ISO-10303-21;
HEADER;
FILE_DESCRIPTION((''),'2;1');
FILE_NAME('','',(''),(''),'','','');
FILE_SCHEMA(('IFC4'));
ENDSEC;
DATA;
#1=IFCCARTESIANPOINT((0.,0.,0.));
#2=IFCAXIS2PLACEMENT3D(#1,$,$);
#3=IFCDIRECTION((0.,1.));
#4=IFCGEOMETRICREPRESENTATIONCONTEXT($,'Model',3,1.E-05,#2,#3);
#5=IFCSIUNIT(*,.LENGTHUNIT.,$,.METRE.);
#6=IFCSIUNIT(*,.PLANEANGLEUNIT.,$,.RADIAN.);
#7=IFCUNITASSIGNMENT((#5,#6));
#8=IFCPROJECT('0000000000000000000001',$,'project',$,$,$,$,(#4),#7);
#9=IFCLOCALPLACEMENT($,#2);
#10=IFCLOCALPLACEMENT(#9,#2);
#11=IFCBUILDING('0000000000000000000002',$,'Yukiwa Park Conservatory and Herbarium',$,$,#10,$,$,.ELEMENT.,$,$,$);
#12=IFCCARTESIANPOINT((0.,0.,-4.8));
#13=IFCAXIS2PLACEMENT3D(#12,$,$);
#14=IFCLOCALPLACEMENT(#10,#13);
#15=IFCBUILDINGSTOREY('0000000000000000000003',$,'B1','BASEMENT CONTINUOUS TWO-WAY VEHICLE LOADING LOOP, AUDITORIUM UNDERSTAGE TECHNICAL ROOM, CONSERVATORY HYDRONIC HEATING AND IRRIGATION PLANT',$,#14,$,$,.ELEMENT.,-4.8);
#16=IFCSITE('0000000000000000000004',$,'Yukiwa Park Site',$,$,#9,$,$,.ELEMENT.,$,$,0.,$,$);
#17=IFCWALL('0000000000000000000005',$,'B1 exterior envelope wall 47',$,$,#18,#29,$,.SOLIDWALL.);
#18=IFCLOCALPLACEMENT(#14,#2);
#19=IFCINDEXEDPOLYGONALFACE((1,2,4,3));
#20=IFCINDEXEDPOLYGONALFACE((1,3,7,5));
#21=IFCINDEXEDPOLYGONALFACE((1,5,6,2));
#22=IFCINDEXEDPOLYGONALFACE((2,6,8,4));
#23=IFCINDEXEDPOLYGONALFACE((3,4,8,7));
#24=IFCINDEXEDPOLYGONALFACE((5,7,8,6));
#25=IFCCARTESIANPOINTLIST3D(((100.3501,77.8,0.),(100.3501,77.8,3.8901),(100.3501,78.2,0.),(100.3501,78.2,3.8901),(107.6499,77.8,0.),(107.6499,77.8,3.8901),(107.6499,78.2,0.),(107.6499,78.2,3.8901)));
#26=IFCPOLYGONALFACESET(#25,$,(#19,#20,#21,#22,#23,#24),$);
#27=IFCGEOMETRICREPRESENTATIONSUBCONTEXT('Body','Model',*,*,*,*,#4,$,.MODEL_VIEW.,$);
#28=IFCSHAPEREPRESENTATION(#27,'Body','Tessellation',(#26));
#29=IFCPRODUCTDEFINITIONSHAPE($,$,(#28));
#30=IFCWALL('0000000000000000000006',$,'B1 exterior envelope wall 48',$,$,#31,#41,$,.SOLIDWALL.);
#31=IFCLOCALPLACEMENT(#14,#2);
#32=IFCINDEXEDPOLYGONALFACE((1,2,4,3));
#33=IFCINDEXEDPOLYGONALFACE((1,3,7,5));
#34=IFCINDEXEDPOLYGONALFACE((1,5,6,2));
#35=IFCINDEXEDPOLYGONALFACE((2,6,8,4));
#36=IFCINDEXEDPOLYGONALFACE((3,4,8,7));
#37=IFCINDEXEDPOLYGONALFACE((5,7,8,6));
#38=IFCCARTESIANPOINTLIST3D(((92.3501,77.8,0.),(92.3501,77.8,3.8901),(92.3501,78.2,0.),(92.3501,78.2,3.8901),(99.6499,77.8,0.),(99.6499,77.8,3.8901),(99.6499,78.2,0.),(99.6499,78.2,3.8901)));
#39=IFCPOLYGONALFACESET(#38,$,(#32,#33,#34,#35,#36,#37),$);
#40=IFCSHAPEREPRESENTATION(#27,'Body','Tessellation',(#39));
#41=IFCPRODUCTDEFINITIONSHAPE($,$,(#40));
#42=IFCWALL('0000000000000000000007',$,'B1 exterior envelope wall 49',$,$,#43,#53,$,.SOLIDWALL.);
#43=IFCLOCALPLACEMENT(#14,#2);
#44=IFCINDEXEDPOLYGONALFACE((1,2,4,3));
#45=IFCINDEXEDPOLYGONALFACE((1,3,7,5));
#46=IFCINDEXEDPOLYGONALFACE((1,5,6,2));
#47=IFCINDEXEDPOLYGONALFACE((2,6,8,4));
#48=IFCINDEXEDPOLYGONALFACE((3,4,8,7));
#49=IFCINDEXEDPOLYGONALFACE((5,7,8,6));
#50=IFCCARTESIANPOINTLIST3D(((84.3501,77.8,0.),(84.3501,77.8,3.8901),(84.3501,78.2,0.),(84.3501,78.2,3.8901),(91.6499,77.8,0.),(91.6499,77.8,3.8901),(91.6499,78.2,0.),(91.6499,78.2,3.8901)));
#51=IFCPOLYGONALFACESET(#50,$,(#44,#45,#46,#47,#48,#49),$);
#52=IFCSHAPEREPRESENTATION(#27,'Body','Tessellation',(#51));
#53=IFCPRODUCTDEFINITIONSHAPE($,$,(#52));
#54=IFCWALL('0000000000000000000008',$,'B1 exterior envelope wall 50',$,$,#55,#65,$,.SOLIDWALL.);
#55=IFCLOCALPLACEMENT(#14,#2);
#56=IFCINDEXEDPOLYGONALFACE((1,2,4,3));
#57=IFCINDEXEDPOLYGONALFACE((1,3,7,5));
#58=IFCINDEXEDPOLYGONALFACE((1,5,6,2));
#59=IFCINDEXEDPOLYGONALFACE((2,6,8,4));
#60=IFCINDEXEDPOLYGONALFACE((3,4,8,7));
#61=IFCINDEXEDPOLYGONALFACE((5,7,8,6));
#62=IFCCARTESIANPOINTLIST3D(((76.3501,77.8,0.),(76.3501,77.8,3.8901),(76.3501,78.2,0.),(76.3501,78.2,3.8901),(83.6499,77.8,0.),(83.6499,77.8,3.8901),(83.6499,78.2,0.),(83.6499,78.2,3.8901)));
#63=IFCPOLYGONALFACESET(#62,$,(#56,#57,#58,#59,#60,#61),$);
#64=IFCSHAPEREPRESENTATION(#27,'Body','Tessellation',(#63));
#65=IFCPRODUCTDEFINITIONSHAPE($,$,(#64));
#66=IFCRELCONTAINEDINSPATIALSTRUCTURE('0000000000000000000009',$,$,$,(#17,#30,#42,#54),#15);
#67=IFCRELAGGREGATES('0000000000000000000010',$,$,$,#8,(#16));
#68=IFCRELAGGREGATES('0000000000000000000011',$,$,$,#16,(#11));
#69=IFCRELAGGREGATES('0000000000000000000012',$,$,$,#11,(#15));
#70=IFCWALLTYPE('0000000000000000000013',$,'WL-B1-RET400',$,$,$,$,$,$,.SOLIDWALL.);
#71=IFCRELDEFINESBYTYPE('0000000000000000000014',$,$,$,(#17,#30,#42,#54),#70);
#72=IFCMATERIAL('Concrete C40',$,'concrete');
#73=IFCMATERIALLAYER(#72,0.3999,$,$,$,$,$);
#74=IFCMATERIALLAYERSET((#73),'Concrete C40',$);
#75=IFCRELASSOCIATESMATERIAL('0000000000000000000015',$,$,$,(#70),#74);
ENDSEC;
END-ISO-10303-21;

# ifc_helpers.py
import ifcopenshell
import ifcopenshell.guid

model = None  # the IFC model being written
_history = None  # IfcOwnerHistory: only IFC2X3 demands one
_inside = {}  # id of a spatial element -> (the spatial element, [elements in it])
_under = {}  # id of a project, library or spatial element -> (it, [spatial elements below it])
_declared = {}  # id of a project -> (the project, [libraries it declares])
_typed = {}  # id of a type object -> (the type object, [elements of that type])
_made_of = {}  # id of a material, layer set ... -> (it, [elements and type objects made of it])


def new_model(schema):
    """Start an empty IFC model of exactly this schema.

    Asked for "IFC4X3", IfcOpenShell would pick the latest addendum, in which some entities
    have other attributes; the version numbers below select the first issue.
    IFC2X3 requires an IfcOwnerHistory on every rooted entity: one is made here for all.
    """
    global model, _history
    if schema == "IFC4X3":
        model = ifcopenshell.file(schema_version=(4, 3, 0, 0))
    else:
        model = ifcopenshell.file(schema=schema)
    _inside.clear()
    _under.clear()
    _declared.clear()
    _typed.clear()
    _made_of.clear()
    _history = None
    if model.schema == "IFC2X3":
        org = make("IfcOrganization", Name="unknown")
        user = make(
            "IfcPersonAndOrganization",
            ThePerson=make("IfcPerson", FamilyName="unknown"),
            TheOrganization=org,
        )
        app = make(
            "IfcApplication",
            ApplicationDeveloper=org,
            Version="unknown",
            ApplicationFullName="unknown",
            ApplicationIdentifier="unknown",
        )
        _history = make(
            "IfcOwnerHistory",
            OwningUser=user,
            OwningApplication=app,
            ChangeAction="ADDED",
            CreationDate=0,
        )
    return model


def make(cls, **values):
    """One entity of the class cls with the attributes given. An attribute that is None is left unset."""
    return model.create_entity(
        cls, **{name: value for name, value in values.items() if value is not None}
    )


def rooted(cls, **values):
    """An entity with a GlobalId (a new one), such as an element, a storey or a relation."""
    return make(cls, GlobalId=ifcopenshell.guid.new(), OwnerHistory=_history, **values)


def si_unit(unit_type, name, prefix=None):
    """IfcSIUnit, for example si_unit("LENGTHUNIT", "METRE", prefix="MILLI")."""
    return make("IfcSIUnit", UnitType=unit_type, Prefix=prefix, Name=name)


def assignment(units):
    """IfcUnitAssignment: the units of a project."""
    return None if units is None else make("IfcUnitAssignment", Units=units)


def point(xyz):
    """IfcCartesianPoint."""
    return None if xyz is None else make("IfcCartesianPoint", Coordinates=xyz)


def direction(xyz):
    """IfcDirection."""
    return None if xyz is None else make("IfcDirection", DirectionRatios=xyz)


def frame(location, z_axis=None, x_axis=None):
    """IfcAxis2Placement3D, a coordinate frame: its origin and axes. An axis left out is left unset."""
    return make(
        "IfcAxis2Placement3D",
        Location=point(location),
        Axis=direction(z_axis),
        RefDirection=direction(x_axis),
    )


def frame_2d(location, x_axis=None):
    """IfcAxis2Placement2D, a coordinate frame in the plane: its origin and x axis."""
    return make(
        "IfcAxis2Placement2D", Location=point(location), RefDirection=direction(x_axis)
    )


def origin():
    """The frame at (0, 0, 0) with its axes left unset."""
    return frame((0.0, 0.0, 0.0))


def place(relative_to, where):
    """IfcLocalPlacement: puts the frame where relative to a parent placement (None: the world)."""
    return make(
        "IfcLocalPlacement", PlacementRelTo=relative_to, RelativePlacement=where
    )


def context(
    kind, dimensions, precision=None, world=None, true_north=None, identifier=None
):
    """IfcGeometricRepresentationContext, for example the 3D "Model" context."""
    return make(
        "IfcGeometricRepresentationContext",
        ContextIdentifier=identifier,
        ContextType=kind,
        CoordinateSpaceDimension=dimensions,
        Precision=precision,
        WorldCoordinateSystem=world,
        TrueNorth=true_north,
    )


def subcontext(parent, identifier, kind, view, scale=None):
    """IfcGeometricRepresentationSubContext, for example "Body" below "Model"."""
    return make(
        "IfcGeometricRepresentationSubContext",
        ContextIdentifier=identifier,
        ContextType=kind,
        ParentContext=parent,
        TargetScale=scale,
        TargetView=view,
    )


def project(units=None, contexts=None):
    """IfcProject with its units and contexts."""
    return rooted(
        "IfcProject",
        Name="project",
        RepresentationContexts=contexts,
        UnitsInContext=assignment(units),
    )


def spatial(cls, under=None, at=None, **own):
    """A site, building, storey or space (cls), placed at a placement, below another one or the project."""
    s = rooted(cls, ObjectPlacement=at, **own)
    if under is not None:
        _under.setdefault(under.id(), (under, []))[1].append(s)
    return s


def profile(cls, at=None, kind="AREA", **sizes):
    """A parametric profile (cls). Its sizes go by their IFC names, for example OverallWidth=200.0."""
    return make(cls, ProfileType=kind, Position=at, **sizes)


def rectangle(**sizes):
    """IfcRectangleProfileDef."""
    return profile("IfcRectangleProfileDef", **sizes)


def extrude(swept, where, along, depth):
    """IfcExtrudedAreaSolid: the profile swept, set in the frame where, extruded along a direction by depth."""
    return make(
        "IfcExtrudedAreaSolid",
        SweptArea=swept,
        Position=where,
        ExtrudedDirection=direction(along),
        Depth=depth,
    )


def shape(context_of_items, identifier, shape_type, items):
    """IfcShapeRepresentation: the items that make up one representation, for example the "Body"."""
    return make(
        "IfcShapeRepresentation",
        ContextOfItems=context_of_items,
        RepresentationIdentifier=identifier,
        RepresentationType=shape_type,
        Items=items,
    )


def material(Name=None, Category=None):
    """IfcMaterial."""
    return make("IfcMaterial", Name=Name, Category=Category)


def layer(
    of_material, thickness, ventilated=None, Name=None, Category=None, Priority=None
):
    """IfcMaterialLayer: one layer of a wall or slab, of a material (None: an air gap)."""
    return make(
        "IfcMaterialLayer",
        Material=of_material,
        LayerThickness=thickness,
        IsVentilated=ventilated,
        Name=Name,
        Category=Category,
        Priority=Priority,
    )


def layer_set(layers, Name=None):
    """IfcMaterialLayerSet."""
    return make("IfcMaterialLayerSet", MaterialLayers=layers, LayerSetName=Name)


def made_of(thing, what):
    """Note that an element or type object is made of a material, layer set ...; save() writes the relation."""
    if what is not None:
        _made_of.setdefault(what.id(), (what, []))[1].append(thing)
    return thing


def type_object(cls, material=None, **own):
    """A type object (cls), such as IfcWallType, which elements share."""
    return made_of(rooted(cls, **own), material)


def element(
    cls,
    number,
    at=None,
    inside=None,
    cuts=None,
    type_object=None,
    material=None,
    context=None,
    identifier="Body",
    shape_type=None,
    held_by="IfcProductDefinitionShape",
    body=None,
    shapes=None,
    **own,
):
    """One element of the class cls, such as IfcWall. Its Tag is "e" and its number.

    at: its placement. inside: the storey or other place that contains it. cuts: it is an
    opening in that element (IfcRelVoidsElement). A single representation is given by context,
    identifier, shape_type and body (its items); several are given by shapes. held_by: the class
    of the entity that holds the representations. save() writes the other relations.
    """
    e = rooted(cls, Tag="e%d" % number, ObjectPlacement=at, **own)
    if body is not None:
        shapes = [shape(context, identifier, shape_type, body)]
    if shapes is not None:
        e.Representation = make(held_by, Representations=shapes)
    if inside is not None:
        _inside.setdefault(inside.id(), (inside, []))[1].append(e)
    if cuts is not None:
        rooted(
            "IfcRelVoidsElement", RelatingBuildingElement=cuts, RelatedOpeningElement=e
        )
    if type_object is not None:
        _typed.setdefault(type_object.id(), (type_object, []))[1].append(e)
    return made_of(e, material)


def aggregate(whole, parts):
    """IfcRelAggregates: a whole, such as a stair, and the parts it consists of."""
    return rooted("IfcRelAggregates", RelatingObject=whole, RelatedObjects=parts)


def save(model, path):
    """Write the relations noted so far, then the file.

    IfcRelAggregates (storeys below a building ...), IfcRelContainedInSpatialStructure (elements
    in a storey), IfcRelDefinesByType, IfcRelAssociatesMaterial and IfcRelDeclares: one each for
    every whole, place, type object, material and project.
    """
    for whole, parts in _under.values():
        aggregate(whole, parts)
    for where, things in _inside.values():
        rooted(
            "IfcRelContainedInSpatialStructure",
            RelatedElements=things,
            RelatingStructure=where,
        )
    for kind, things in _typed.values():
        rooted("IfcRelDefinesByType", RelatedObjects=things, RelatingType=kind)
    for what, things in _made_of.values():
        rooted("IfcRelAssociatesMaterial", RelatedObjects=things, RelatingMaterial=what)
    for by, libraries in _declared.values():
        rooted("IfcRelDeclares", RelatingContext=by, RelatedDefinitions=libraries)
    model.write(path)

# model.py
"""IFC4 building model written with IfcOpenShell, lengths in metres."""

from ifc_helpers import new_model, si_unit, direction, frame, frame_2d, origin, place, context, subcontext, project, spatial, rectangle, extrude, material, layer, layer_set, type_object, element, save


model = new_model("IFC4")

# Units and contexts
model_context = context("Model", 3, precision=1e-05, world=origin(), true_north=direction((0.0, 1.0)))
body_context = subcontext(model_context, "Body", "Model", "MODEL_VIEW")
ifc_project = project(units=[si_unit("LENGTHUNIT", "METRE"), si_unit("PLANEANGLEUNIT", "RADIAN")], contexts=[model_context])

# Site, building, storey
site_placement = place(None, origin())
site = spatial("IfcSite", under=ifc_project, at=site_placement, Name="Yukiwa Park Site", CompositionType="ELEMENT", RefElevation=0.0)
building_placement = place(site_placement, origin())
building = spatial("IfcBuilding", under=site, at=building_placement, Name="Yukiwa Park Conservatory and Herbarium", CompositionType="ELEMENT")
storey_placement = place(building_placement, frame((0.0, 0.0, -4.8)))
storey = spatial("IfcBuildingStorey", under=building, at=storey_placement, Name="B1", Description="BASEMENT CONTINUOUS TWO-WAY VEHICLE LOADING LOOP, AUDITORIUM UNDERSTAGE TECHNICAL ROOM, CONSERVATORY HYDRONIC HEATING AND IRRIGATION PLANT", CompositionType="ELEMENT", Elevation=-4.8)

# Walls
ifc_material_1 = material(Name="Concrete C40", Category="concrete")
ifc_layer = layer(ifc_material_1, 0.3999)
ifc_layer_set = layer_set([ifc_layer], Name="Concrete C40")
wall_type = type_object("IfcWallType", Name="WL-B1-RET400", PredefinedType="SOLIDWALL", material=ifc_layer_set)
for number, where, z_axis, x_axis, name in (
    (1, (107.6499, 78.0, 0.0), (0.0, 0.0, 1.0), (-1.0, 0.0, 0.0), "B1 exterior envelope wall 47"),
    (2, (99.6499, 78.0, 0.0), (0.0, 0.0, 1.0), (-1.0, 0.0, 0.0), "B1 exterior envelope wall 48"),
    (3, (91.6499, 78.0, 0.0), (0.0, 0.0, 1.0), (-1.0, 0.0, 0.0), "B1 exterior envelope wall 49"),
    (4, (83.6499, 78.0, 0.0), (0.0, 0.0, 1.0), (-1.0, 0.0, 0.0), "B1 exterior envelope wall 50"),
):
    element("IfcWall", number, at=place(storey_placement, frame(where, z_axis=z_axis, x_axis=x_axis)), inside=storey, type_object=wall_type, Name=name, PredefinedType="SOLIDWALL", context=body_context, shape_type="SweptSolid", body=[
        extrude(rectangle(XDim=7.2998, YDim=0.3999, at=frame_2d((3.6499, 0.0))), origin(), (0.0, 0.0, 1.0), 3.8901),
    ])

save(model, "model.ifc")
